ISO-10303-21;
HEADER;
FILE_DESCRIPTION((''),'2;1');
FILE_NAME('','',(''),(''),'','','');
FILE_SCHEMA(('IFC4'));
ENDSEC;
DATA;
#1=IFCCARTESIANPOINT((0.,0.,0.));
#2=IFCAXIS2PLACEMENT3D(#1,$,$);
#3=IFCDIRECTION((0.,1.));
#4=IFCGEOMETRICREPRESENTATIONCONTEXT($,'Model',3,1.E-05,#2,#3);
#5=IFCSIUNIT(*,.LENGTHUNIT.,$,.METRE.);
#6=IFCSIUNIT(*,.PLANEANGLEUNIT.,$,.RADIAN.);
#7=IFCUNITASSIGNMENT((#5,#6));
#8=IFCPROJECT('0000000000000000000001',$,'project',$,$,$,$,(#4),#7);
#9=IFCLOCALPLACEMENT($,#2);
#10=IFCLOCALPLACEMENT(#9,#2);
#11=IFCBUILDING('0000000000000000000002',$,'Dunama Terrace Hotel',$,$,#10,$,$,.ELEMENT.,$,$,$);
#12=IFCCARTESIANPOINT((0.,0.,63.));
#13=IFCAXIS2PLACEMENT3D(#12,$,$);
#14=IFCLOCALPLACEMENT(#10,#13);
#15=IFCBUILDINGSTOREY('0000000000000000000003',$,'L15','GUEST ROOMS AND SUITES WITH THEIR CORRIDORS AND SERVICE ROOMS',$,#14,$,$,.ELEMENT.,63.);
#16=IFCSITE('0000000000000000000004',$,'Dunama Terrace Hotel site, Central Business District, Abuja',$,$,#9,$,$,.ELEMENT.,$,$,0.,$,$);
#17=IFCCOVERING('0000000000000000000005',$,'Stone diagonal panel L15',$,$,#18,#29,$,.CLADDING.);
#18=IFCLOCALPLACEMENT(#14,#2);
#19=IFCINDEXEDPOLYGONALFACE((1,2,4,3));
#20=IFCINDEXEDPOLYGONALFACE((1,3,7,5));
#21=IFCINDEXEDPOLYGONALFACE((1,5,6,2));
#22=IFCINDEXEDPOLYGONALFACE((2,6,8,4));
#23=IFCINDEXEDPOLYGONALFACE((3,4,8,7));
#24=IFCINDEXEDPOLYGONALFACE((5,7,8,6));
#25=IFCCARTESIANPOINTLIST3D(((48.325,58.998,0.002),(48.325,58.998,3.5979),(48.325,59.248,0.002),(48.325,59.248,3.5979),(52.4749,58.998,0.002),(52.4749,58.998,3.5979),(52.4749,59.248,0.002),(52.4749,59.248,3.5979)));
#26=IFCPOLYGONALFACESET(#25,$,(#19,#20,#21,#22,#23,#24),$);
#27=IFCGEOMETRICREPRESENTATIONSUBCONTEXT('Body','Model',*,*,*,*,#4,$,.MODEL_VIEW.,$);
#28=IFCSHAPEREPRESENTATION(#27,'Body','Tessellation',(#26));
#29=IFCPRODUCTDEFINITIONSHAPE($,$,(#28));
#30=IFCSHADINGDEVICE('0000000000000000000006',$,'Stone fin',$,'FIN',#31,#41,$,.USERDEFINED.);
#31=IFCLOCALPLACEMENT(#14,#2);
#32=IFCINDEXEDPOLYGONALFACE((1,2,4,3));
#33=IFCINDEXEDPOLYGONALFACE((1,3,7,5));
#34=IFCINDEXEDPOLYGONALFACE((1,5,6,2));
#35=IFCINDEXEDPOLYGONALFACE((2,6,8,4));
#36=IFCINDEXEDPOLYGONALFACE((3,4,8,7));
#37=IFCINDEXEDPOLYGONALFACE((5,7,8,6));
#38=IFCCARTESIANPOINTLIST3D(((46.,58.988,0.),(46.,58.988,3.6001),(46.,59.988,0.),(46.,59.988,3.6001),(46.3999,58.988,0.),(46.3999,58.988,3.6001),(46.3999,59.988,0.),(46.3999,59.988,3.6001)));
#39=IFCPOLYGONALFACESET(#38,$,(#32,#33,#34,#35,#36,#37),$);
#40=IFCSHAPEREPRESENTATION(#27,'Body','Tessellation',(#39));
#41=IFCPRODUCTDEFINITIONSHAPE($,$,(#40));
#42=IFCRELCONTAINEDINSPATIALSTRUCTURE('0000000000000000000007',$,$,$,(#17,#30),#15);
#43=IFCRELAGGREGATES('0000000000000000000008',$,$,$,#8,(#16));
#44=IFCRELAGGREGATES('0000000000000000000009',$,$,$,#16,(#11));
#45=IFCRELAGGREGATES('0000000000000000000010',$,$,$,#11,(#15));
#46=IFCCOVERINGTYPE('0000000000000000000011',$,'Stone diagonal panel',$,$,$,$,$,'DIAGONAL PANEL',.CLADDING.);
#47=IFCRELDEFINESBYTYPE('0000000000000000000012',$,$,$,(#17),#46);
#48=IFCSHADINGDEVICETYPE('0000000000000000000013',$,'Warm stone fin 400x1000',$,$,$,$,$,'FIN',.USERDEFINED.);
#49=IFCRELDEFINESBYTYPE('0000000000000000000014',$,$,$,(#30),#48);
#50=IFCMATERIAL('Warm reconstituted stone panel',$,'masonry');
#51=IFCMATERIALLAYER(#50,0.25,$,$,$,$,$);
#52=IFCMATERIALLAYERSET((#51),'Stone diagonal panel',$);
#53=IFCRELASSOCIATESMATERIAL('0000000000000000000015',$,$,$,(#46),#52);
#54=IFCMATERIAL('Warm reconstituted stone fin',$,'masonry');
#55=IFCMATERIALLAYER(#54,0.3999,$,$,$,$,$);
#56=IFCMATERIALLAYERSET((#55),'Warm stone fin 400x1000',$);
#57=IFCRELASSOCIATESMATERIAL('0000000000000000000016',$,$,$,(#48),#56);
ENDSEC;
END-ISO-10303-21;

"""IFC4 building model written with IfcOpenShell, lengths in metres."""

from ifc_helpers import new_model, si_unit, direction, frame, origin, origin_2d, place, context, subcontext, project, spatial, rectangle, extrude, material, layer, layer_set, type_object, element, save


model = new_model("IFC4")

# Units and contexts
model_context = context("Model", 3, precision=1e-05, world=origin(), true_north=direction((0.0, 1.0)))
body_context = subcontext(model_context, "Body", "Model", "MODEL_VIEW")
ifc_project = project(units=[si_unit("LENGTHUNIT", "METRE"), si_unit("PLANEANGLEUNIT", "RADIAN")], contexts=[model_context])

# Site, building, storey
site_placement = place(None, origin())
site = spatial("IfcSite", under=ifc_project, at=site_placement, Name="Dunama Terrace Hotel site, Central Business District, Abuja", CompositionType="ELEMENT", RefElevation=0.0)
building_placement = place(site_placement, origin())
building = spatial("IfcBuilding", under=site, at=building_placement, Name="Dunama Terrace Hotel", CompositionType="ELEMENT")
storey_placement = place(building_placement, frame((0.0, 0.0, 63.0)))
storey = spatial("IfcBuildingStorey", under=building, at=storey_placement, Name="L15", Description="GUEST ROOMS AND SUITES WITH THEIR CORRIDORS AND SERVICE ROOMS", CompositionType="ELEMENT", Elevation=63.0)

# Covering
ifc_material_1 = material(Name="Warm reconstituted stone panel", Category="masonry")
ifc_layer_1 = layer(ifc_material_1, 0.25)
ifc_layer_set_1 = layer_set([ifc_layer_1], Name="Stone diagonal panel")
covering_type = type_object("IfcCoveringType", Name="Stone diagonal panel", ElementType="DIAGONAL PANEL", PredefinedType="CLADDING", material=ifc_layer_set_1)
covering_1_placement = place(storey_placement, frame((50.3999, 59.123, 0.002), z_axis=(0.0, 0.0, 1.0), x_axis=(-1.0, 0.0, 0.0)))
element("IfcCovering", 1, at=covering_1_placement, inside=storey, type_object=covering_type, Name="Stone diagonal panel L15", PredefinedType="CLADDING", context=body_context, shape_type="SweptSolid", body=[
    extrude(rectangle(XDim=4.1499, YDim=0.25, at=origin_2d()), origin(), (0.0, 0.0, 1.0), 3.5959),
])

# Shading device
ifc_material_2 = material(Name="Warm reconstituted stone fin", Category="masonry")
ifc_layer_2 = layer(ifc_material_2, 0.3999)
ifc_layer_set_2 = layer_set([ifc_layer_2], Name="Warm stone fin 400x1000")
shading_device_type = type_object("IfcShadingDeviceType", Name="Warm stone fin 400x1000", ElementType="FIN", PredefinedType="USERDEFINED", material=ifc_layer_set_2)
shading_device_placement = place(storey_placement, frame((46.2, 59.488, 0.0), z_axis=(0.0, 0.0, 1.0), x_axis=(-1.0, 0.0, 0.0)))
element("IfcShadingDevice", 2, at=shading_device_placement, inside=storey, type_object=shading_device_type, Name="Stone fin", ObjectType="FIN", PredefinedType="USERDEFINED", context=body_context, shape_type="SweptSolid", body=[
    extrude(rectangle(XDim=0.3999, YDim=1.0, at=origin_2d()), origin(), (0.0, 0.0, 1.0), 3.6001),
])

save(model, "model.ifc")
